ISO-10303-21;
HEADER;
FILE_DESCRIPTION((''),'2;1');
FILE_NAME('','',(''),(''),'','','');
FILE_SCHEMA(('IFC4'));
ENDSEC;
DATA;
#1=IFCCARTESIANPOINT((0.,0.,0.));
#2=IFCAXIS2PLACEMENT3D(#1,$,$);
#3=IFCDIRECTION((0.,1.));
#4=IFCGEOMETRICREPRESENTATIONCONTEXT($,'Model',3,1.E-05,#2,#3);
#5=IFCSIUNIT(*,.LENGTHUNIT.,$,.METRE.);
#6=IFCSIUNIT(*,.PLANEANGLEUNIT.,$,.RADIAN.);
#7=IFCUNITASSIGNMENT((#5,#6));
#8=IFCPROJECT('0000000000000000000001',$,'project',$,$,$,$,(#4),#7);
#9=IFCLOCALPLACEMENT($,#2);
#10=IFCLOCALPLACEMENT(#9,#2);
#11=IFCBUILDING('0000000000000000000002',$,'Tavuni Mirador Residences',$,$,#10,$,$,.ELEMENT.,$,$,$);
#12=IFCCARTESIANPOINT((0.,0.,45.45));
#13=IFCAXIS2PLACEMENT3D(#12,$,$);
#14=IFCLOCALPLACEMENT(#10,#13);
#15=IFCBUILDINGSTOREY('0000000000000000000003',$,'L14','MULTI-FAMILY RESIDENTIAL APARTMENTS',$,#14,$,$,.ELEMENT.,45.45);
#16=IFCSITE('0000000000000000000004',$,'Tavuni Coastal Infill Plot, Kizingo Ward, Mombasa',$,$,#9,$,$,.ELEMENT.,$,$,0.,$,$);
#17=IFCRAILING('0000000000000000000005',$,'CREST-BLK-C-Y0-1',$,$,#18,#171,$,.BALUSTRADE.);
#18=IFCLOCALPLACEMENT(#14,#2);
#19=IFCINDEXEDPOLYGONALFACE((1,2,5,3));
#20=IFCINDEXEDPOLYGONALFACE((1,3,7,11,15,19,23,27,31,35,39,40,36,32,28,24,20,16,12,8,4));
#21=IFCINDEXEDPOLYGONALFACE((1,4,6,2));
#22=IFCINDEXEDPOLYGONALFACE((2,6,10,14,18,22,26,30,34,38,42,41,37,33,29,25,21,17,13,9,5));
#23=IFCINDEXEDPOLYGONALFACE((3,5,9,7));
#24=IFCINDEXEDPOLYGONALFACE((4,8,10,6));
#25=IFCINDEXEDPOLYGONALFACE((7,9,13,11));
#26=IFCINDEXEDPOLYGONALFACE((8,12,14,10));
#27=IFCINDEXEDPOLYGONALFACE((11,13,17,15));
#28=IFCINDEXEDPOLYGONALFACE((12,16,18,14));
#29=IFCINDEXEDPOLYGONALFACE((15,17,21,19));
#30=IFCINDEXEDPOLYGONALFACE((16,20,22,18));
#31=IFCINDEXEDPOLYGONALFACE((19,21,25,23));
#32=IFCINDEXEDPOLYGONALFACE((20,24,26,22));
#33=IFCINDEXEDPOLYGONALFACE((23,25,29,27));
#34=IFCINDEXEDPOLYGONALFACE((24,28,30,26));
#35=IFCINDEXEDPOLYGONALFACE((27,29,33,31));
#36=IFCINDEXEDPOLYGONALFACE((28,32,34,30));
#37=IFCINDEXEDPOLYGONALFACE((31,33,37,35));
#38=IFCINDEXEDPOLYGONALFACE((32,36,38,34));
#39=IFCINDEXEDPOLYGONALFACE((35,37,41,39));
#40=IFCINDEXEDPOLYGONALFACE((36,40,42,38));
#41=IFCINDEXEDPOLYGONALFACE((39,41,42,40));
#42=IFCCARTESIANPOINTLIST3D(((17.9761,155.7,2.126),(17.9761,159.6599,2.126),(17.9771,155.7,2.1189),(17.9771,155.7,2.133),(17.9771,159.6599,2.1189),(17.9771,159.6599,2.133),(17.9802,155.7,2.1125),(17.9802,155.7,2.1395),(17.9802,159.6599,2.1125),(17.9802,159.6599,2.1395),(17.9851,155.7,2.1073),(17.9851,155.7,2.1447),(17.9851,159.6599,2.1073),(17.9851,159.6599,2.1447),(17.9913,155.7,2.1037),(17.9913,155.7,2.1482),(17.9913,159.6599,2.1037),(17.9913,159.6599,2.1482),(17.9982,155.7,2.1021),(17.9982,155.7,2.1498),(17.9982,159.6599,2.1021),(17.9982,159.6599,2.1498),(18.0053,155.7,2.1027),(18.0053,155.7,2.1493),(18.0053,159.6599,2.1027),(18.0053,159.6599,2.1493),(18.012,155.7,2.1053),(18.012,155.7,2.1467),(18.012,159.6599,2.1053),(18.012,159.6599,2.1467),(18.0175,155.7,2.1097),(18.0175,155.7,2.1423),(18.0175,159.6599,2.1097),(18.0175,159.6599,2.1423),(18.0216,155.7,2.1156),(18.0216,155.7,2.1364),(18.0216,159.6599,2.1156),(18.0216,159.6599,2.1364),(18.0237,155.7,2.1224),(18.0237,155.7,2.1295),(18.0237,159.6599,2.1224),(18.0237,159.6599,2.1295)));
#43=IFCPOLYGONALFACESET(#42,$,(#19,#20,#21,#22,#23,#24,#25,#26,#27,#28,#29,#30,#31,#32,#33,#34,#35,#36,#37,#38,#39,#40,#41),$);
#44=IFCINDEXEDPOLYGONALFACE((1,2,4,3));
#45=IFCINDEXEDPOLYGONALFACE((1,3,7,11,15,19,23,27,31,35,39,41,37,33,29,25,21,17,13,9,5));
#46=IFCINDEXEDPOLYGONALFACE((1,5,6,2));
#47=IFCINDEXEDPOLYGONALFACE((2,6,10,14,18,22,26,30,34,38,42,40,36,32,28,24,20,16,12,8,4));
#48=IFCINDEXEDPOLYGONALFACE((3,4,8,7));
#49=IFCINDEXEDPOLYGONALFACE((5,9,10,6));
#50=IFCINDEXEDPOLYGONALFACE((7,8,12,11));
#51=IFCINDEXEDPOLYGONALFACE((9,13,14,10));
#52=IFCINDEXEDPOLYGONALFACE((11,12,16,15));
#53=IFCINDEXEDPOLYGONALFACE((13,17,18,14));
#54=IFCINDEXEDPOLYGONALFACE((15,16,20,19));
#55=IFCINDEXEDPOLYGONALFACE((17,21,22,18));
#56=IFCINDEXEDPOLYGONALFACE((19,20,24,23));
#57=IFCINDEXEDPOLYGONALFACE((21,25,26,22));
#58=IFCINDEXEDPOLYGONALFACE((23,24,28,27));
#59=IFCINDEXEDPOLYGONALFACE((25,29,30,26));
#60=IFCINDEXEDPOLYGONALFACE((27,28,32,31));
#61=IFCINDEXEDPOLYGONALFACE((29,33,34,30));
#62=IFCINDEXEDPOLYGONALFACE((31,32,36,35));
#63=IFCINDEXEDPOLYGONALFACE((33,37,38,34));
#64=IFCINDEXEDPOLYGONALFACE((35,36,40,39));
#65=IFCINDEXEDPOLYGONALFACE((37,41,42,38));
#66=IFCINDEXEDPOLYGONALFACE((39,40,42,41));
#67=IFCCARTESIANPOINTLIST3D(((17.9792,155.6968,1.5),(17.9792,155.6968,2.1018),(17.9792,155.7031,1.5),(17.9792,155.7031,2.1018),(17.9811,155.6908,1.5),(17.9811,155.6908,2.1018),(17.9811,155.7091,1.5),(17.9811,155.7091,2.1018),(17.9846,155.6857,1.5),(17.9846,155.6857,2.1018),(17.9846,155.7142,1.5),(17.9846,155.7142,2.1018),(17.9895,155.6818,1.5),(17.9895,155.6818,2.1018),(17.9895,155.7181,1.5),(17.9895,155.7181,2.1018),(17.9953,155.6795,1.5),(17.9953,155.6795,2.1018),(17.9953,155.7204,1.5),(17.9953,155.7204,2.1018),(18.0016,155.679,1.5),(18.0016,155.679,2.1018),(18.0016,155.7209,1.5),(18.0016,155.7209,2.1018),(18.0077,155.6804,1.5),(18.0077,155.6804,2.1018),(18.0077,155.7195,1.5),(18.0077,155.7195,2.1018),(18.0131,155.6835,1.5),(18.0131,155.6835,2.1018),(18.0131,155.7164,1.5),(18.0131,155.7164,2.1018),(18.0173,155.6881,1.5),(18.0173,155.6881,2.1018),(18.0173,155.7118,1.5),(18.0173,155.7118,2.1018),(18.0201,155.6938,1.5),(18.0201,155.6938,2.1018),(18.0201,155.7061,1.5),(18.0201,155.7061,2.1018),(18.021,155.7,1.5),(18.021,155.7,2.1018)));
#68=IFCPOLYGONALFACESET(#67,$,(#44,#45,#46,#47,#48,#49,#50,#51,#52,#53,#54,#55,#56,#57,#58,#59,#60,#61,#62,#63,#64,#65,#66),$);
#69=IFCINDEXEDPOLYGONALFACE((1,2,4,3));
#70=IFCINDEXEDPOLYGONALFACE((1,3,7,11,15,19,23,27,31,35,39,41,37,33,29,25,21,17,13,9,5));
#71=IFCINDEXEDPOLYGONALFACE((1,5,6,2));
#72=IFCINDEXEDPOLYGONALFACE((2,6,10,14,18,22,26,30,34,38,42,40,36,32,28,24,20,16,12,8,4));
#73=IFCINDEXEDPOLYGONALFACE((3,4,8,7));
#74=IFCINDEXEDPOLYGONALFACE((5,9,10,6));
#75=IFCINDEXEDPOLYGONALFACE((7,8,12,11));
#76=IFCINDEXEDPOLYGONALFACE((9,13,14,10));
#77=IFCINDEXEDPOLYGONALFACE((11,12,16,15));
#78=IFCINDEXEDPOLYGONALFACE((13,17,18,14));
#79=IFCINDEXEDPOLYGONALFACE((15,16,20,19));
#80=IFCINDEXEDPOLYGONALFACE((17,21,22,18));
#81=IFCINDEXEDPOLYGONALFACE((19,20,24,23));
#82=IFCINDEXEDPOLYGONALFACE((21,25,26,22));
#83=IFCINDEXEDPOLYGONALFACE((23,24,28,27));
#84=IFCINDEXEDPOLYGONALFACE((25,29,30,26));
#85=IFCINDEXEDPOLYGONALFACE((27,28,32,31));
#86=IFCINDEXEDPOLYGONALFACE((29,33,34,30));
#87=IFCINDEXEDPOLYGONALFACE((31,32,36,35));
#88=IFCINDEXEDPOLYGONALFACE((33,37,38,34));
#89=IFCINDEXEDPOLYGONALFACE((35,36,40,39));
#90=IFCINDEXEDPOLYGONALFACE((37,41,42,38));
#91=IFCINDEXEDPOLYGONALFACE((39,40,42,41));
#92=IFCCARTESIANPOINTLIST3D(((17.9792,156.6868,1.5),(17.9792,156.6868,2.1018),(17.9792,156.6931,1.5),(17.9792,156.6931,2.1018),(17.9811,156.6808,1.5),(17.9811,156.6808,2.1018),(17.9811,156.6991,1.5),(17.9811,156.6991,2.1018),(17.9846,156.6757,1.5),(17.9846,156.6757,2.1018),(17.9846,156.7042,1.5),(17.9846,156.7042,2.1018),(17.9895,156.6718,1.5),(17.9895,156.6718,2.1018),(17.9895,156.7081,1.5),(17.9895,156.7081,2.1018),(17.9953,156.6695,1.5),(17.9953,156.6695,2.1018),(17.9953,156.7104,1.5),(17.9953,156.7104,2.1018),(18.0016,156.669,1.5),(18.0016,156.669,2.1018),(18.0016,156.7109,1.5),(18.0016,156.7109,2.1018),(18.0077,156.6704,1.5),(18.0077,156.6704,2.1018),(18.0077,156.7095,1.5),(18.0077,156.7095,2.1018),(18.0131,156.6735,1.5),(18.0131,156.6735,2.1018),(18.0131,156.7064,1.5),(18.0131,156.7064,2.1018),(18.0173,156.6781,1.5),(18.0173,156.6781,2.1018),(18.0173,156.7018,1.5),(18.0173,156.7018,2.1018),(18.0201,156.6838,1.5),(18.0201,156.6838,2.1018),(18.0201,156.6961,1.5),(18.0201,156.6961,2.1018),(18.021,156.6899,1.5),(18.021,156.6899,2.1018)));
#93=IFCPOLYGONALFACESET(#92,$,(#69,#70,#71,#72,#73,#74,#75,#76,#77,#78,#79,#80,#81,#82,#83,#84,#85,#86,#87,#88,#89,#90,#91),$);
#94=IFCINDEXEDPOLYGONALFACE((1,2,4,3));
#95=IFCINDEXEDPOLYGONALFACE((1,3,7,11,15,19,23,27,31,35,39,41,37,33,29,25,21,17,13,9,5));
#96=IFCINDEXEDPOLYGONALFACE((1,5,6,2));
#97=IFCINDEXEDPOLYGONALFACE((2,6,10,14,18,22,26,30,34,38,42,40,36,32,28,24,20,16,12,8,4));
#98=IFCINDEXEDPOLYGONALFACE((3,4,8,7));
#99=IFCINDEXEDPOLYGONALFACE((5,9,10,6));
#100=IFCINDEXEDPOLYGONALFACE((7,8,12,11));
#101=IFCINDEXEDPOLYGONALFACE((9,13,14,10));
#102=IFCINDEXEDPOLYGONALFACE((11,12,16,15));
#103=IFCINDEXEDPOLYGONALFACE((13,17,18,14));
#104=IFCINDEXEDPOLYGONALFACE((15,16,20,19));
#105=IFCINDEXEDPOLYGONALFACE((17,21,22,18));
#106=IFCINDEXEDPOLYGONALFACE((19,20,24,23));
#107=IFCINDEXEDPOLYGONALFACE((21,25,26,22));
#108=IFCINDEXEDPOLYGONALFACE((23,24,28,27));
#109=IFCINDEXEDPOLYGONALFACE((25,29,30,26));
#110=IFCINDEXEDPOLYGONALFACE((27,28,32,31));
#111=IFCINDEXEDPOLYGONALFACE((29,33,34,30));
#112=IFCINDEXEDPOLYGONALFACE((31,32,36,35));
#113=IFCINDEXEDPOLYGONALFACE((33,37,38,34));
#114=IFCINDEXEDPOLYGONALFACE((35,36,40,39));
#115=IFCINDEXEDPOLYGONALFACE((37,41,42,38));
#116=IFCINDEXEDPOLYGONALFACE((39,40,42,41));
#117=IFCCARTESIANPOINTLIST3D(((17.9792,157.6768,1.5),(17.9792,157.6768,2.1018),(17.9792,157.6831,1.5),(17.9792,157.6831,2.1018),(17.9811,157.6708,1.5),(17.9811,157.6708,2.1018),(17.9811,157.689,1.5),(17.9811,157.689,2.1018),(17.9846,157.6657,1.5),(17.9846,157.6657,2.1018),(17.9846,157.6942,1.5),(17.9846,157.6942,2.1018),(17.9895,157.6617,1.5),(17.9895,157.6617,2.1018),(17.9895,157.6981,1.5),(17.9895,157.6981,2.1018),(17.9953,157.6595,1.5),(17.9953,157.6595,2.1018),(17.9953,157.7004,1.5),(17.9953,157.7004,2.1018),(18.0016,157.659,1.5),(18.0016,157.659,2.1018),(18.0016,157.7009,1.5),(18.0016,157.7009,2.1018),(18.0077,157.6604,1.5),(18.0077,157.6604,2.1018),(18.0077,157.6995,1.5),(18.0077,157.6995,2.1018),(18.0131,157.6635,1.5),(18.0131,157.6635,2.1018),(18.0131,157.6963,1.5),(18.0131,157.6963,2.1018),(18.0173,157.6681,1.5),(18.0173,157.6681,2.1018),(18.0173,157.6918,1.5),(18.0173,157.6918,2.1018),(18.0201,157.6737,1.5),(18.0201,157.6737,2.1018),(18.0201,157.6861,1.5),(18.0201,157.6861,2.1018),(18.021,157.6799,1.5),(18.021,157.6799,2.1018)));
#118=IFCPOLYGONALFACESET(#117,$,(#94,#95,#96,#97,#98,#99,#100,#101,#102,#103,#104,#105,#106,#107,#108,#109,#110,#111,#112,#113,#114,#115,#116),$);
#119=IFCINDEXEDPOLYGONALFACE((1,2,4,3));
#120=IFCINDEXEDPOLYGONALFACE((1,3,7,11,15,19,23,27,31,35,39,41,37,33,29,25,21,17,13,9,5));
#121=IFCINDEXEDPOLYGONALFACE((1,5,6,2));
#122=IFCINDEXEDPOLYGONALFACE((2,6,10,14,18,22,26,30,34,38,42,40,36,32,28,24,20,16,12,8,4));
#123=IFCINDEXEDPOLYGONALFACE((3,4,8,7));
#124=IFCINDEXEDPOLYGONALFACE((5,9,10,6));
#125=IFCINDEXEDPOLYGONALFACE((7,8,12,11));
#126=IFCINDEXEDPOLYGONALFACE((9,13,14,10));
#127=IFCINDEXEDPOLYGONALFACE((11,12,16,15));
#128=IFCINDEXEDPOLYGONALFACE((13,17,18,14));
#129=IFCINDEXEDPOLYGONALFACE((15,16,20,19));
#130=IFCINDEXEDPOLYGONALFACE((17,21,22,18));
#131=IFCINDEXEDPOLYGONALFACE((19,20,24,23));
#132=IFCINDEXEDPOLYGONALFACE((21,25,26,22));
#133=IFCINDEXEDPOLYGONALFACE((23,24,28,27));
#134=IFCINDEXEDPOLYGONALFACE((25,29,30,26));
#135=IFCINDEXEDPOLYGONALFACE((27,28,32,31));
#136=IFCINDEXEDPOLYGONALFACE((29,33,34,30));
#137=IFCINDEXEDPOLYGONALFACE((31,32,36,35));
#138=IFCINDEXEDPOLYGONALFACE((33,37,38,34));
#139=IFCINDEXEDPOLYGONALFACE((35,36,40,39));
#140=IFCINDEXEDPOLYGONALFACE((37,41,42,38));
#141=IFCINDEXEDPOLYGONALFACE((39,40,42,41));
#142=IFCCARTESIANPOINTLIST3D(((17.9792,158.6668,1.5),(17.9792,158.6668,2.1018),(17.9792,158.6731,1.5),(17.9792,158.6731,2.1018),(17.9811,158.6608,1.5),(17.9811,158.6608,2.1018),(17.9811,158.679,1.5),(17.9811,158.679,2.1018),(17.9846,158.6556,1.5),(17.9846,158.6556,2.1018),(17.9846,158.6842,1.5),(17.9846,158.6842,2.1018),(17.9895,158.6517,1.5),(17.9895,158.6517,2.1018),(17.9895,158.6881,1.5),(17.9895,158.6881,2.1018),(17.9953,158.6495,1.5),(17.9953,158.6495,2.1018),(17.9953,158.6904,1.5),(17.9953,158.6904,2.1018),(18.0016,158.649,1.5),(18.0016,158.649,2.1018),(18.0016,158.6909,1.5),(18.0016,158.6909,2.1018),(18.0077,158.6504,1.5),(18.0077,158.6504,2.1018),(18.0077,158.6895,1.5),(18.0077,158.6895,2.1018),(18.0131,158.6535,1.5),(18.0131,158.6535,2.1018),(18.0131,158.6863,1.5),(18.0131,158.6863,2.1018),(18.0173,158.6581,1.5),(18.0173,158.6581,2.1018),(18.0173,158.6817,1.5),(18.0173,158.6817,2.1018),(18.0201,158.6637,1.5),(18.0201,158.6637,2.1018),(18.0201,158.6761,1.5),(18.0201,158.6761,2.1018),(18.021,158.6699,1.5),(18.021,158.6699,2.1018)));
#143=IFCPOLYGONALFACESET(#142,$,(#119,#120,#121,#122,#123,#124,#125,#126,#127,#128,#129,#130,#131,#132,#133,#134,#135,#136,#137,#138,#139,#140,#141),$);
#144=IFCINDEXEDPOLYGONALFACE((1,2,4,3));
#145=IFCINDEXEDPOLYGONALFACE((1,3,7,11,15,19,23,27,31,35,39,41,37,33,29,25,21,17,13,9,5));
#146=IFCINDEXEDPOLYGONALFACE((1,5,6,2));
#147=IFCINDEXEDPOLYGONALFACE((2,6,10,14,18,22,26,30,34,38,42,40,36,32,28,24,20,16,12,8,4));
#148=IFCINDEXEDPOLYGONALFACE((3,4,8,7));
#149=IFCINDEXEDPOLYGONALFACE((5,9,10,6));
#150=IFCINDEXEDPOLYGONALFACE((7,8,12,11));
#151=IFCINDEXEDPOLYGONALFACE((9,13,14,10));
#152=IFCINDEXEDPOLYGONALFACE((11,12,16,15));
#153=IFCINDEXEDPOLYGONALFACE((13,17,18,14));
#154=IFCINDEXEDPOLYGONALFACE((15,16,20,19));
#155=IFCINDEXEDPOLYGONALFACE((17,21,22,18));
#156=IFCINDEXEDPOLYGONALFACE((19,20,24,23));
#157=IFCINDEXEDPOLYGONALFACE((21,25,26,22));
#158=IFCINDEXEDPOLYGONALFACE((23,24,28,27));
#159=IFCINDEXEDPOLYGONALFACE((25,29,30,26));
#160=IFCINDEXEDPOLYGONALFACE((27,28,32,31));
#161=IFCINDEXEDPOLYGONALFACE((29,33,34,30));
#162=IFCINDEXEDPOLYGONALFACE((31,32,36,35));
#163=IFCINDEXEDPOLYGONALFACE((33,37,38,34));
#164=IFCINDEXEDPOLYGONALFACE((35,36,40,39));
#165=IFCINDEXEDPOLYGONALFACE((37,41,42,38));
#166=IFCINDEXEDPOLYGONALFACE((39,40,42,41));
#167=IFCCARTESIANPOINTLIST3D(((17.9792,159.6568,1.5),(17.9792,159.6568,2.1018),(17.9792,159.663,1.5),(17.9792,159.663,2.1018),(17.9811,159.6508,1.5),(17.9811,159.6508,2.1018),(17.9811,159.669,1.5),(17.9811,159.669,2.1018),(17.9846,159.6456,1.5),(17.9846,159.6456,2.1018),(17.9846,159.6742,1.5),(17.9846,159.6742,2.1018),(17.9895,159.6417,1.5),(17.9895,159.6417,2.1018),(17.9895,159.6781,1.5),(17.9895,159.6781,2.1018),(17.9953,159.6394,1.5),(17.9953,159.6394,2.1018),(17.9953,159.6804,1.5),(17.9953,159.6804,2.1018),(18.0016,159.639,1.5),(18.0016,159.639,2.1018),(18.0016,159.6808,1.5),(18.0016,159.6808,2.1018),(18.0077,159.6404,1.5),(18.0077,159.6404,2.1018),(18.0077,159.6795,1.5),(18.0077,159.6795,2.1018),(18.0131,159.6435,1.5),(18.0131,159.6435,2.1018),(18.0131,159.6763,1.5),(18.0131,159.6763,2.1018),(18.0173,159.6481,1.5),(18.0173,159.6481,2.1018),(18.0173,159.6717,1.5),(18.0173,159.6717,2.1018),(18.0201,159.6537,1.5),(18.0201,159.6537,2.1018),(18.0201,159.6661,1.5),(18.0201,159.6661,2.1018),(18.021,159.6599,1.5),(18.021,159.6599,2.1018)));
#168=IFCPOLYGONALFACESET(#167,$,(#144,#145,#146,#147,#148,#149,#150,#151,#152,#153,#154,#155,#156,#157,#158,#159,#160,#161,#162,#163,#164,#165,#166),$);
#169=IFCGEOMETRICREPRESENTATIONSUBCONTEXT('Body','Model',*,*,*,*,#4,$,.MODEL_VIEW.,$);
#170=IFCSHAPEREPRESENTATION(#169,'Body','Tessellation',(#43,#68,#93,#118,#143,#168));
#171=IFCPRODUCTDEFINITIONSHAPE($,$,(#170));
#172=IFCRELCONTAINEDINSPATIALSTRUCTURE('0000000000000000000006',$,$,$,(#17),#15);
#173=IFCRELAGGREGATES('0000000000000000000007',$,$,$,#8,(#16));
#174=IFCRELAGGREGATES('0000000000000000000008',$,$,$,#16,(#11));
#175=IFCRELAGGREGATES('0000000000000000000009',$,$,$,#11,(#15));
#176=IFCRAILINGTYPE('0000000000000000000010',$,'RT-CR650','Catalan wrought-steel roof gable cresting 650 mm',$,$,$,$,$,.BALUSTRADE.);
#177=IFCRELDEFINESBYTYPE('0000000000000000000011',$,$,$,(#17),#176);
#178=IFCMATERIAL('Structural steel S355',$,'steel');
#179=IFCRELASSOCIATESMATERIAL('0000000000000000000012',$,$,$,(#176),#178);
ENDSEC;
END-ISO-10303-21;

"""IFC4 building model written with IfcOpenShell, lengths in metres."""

from ifc_helpers import new_model, si_unit, direction, frame, origin, origin_2d, place, context, subcontext, project, spatial, circle, extrude, material, type_object, element, save


model = new_model("IFC4")

# Units and contexts
model_context = context("Model", 3, precision=1e-05, world=origin(), true_north=direction((0.0, 1.0)))
body_context = subcontext(model_context, "Body", "Model", "MODEL_VIEW")
ifc_project = project(units=[si_unit("LENGTHUNIT", "METRE"), si_unit("PLANEANGLEUNIT", "RADIAN")], contexts=[model_context])

# Site, building, storey
site_placement = place(None, origin())
site = spatial("IfcSite", under=ifc_project, at=site_placement, Name="Tavuni Coastal Infill Plot, Kizingo Ward, Mombasa", CompositionType="ELEMENT", RefElevation=0.0)
building_placement = place(site_placement, origin())
building = spatial("IfcBuilding", under=site, at=building_placement, Name="Tavuni Mirador Residences", CompositionType="ELEMENT")
storey_placement = place(building_placement, frame((0.0, 0.0, 45.45)))
storey = spatial("IfcBuildingStorey", under=building, at=storey_placement, Name="L14", Description="MULTI-FAMILY RESIDENTIAL APARTMENTS", CompositionType="ELEMENT", Elevation=45.45)

# Shared definitions
ifc_material_1 = material(Name="Structural steel S355", Category="steel")

# Railing
railing_type = type_object("IfcRailingType", Name="RT-CR650", Description="Catalan wrought-steel roof gable cresting 650 mm", PredefinedType="BALUSTRADE", material=ifc_material_1)
railing_1_placement = place(storey_placement, frame((18.0, 155.7, 1.5)))
element("IfcRailing", 1, at=railing_1_placement, inside=storey, type_object=railing_type, Name="CREST-BLK-C-Y0-1", PredefinedType="BALUSTRADE", context=body_context, shape_type="SweptSolid", body=[
    extrude(circle(Radius=0.0239, at=origin_2d()), frame((0.0, 0.0, 0.626), z_axis=(0.0, 1.0, 0.0), x_axis=(-1.0, 0.0, 0.0)), (0.0, 0.0, 1.0), 3.96),
    extrude(circle(Radius=0.021, at=origin_2d()), origin(), (0.0, 0.0, 1.0), 0.6018),
    extrude(circle(Radius=0.021, at=origin_2d()), frame((0.0, 0.99, 0.0)), (0.0, 0.0, 1.0), 0.6018),
    extrude(circle(Radius=0.021, at=origin_2d()), frame((0.0, 1.98, 0.0)), (0.0, 0.0, 1.0), 0.6018),
    extrude(circle(Radius=0.021, at=origin_2d()), frame((0.0, 2.97, 0.0)), (0.0, 0.0, 1.0), 0.6018),
    extrude(circle(Radius=0.021, at=origin_2d()), frame((0.0, 3.96, 0.0)), (0.0, 0.0, 1.0), 0.6018),
])

save(model, "model.ifc")
